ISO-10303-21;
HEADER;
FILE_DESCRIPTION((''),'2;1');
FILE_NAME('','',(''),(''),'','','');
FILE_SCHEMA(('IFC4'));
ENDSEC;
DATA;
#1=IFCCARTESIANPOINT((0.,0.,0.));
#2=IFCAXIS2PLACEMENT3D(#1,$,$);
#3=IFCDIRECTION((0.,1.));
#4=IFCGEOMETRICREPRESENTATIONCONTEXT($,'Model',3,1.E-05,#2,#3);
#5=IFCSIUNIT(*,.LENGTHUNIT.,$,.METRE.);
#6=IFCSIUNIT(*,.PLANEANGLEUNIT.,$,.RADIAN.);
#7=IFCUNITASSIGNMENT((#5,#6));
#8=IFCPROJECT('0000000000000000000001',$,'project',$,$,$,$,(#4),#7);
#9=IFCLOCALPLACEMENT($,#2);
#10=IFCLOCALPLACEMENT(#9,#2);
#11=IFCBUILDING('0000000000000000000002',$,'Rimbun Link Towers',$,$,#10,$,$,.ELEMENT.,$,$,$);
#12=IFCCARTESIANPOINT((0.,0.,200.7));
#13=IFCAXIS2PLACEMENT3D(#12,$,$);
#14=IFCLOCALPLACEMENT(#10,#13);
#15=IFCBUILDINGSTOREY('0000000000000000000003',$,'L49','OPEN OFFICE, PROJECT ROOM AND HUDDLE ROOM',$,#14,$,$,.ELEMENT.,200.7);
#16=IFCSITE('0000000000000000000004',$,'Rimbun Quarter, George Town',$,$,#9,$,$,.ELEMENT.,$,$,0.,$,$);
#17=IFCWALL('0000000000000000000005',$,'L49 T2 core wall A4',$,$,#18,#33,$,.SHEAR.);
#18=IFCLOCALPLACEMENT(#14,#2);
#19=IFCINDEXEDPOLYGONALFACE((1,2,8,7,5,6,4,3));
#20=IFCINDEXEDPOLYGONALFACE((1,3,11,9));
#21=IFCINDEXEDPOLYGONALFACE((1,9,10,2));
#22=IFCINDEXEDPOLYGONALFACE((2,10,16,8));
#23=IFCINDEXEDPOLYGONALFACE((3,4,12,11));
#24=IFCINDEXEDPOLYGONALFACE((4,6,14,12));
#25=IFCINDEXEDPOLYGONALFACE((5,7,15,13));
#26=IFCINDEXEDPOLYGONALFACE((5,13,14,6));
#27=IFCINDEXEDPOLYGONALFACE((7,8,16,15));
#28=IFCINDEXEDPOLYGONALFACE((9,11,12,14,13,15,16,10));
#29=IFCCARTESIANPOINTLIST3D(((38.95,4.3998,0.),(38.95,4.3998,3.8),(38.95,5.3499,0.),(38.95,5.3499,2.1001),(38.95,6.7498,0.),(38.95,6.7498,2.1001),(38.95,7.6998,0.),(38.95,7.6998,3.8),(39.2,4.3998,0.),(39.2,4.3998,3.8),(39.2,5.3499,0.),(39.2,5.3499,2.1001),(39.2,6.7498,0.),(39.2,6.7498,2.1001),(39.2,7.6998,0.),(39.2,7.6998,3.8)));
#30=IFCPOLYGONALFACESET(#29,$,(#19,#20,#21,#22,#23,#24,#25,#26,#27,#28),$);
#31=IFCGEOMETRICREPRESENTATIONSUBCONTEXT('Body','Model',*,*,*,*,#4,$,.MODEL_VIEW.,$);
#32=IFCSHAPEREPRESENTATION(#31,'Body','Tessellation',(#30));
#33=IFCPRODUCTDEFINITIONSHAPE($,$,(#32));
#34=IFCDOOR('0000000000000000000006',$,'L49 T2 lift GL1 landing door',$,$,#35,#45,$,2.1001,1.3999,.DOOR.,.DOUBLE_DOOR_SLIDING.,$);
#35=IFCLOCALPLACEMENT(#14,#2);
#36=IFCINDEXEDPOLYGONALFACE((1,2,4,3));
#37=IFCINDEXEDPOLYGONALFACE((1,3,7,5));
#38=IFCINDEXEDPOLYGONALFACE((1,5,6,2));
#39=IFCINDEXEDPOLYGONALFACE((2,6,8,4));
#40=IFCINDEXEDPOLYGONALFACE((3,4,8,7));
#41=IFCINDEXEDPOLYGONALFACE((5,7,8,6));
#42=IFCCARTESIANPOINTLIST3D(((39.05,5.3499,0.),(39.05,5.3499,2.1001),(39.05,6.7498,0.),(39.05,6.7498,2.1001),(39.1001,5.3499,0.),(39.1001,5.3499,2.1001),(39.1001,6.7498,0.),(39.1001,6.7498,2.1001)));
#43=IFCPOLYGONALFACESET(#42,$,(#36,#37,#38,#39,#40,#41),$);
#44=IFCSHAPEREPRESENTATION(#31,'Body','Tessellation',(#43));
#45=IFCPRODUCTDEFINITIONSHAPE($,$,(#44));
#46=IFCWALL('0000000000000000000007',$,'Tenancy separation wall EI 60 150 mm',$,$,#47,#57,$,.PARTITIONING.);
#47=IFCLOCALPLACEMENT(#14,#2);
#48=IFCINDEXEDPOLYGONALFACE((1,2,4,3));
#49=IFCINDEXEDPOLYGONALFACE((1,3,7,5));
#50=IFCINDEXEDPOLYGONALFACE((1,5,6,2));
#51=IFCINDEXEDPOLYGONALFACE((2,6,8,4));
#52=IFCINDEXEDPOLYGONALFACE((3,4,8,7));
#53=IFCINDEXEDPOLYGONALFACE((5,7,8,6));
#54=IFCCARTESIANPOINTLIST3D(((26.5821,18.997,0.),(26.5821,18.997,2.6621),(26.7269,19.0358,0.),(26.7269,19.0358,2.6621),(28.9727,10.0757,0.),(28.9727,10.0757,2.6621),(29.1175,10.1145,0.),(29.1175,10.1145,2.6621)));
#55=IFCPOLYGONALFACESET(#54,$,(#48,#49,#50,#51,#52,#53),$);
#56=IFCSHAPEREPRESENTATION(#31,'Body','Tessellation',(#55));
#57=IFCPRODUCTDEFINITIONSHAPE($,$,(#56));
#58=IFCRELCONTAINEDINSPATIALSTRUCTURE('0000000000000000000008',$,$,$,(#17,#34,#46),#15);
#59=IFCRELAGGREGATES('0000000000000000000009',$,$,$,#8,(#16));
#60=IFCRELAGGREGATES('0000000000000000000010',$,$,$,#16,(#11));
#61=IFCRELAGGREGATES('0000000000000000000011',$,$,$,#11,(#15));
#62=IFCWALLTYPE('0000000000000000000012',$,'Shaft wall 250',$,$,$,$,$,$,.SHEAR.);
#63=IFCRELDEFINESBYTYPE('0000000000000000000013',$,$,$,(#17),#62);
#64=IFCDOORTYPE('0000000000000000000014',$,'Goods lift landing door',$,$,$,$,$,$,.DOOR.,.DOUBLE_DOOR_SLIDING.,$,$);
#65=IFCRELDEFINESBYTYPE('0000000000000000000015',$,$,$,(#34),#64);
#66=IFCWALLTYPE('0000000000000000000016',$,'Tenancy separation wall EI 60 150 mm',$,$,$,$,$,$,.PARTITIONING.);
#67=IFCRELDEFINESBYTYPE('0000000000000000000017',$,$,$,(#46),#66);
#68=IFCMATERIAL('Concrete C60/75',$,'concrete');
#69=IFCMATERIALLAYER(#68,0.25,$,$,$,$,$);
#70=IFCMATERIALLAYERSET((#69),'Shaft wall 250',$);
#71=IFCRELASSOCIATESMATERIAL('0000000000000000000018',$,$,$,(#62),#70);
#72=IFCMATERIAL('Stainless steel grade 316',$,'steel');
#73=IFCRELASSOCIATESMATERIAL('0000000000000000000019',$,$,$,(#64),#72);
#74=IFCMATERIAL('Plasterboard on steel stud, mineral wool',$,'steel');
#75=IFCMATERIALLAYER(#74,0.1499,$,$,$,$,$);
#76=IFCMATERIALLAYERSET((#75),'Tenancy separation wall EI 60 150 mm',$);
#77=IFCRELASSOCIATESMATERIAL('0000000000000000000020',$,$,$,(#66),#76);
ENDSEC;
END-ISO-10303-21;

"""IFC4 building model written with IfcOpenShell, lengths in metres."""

from ifc_helpers import new_model, si_unit, direction, frame, frame_2d, origin, place, context, subcontext, project, spatial, rectangle, extrude, material, layer, layer_set, type_object, element, fill, save


model = new_model("IFC4")

# Units and contexts
model_context = context("Model", 3, precision=1e-05, world=origin(), true_north=direction((0.0, 1.0)))
body_context = subcontext(model_context, "Body", "Model", "MODEL_VIEW")
ifc_project = project(units=[si_unit("LENGTHUNIT", "METRE"), si_unit("PLANEANGLEUNIT", "RADIAN")], contexts=[model_context])

# Site, building, storey
site_placement = place(None, origin())
site = spatial("IfcSite", under=ifc_project, at=site_placement, Name="Rimbun Quarter, George Town", CompositionType="ELEMENT", RefElevation=0.0)
building_placement = place(site_placement, origin())
building = spatial("IfcBuilding", under=site, at=building_placement, Name="Rimbun Link Towers", CompositionType="ELEMENT")
storey_placement = place(building_placement, frame((0.0, 0.0, 200.7)))
storey = spatial("IfcBuildingStorey", under=building, at=storey_placement, Name="L49", Description="OPEN OFFICE, PROJECT ROOM AND HUDDLE ROOM", CompositionType="ELEMENT", Elevation=200.7)

# Shared definitions
ifc_material_1 = material(Name="Concrete C60/75", Category="concrete")
ifc_layer_1 = layer(ifc_material_1, 0.25)
ifc_layer_set_1 = layer_set([ifc_layer_1], Name="Shaft wall 250")
wall_type_1 = type_object("IfcWallType", Name="Shaft wall 250", PredefinedType="SHEAR", material=ifc_layer_set_1)

# Wall, opening, door
wall_1_placement = place(storey_placement, frame((39.075, 4.3999, 0.0), z_axis=(0.0, 0.0, 1.0), x_axis=(0.0, 1.0, 0.0)))
wall_1 = element("IfcWall", 1, at=wall_1_placement, inside=storey, type_object=wall_type_1, Name="L49 T2 core wall A4", PredefinedType="SHEAR", context=body_context, shape_type="SweptSolid", body=[
    extrude(rectangle(XDim=3.3, YDim=0.25, at=frame_2d((1.6499, 0.0))), origin(), (0.0, 0.0, 1.0), 3.8),
])
opening_1_placement = place(wall_1_placement, frame((0.95, 0.0, 0.0)))
opening_1 = element("IfcOpeningElement", 2, at=opening_1_placement, cuts=wall_1, PredefinedType="OPENING", context=body_context, shape_type="SweptSolid", body=[
    extrude(rectangle(XDim=1.3999, YDim=2.1001, at=frame_2d((0.7, 1.05))), frame((0.0, 0.135, 0.0), z_axis=(0.0, -1.0, 0.0), x_axis=(1.0, 0.0, 0.0)), (0.0, 0.0, 1.0), 0.27),
])
ifc_material_2 = material(Name="Stainless steel grade 316", Category="steel")
door_type_1 = type_object("IfcDoorType", Name="Goods lift landing door", OperationType="DOUBLE_DOOR_SLIDING", PredefinedType="DOOR", material=ifc_material_2)
door_1_placement = place(opening_1_placement, origin())
door_1 = element("IfcDoor", 3, at=door_1_placement, inside=storey, type_object=door_type_1, Name="L49 T2 lift GL1 landing door", OperationType="DOUBLE_DOOR_SLIDING", OverallHeight=2.1001, OverallWidth=1.3999, PredefinedType="DOOR", context=body_context, shape_type="SweptSolid", body=[
    extrude(rectangle(XDim=1.3999, YDim=2.1001, at=frame_2d((0.7, 1.05))), frame((0.0, 0.0249, 0.0), z_axis=(0.0, -1.0, 0.0), x_axis=(1.0, 0.0, 0.0)), (0.0, 0.0, 1.0), 0.05),
])
fill(opening_1, door_1)

# Wall
ifc_material_3 = material(Name="Plasterboard on steel stud, mineral wool", Category="steel")
ifc_layer_2 = layer(ifc_material_3, 0.1499)
ifc_layer_set_2 = layer_set([ifc_layer_2], Name="Tenancy separation wall EI 60 150 mm")
wall_type_2 = type_object("IfcWallType", Name="Tenancy separation wall EI 60 150 mm", PredefinedType="PARTITIONING", material=ifc_layer_set_2)
wall_2_placement = place(storey_placement, frame((29.0452, 10.095, 0.0), z_axis=(0.0, 0.0, 1.0), x_axis=(-0.258834, 0.965922, 0.0)))
element("IfcWall", 4, at=wall_2_placement, inside=storey, type_object=wall_type_2, Name="Tenancy separation wall EI 60 150 mm", PredefinedType="PARTITIONING", context=body_context, shape_type="SweptSolid", body=[
    extrude(rectangle(XDim=9.2361, YDim=0.1499, at=frame_2d((4.6182, 0.0))), origin(), (0.0, 0.0, 1.0), 2.6621),
])

save(model, "model.ifc")
